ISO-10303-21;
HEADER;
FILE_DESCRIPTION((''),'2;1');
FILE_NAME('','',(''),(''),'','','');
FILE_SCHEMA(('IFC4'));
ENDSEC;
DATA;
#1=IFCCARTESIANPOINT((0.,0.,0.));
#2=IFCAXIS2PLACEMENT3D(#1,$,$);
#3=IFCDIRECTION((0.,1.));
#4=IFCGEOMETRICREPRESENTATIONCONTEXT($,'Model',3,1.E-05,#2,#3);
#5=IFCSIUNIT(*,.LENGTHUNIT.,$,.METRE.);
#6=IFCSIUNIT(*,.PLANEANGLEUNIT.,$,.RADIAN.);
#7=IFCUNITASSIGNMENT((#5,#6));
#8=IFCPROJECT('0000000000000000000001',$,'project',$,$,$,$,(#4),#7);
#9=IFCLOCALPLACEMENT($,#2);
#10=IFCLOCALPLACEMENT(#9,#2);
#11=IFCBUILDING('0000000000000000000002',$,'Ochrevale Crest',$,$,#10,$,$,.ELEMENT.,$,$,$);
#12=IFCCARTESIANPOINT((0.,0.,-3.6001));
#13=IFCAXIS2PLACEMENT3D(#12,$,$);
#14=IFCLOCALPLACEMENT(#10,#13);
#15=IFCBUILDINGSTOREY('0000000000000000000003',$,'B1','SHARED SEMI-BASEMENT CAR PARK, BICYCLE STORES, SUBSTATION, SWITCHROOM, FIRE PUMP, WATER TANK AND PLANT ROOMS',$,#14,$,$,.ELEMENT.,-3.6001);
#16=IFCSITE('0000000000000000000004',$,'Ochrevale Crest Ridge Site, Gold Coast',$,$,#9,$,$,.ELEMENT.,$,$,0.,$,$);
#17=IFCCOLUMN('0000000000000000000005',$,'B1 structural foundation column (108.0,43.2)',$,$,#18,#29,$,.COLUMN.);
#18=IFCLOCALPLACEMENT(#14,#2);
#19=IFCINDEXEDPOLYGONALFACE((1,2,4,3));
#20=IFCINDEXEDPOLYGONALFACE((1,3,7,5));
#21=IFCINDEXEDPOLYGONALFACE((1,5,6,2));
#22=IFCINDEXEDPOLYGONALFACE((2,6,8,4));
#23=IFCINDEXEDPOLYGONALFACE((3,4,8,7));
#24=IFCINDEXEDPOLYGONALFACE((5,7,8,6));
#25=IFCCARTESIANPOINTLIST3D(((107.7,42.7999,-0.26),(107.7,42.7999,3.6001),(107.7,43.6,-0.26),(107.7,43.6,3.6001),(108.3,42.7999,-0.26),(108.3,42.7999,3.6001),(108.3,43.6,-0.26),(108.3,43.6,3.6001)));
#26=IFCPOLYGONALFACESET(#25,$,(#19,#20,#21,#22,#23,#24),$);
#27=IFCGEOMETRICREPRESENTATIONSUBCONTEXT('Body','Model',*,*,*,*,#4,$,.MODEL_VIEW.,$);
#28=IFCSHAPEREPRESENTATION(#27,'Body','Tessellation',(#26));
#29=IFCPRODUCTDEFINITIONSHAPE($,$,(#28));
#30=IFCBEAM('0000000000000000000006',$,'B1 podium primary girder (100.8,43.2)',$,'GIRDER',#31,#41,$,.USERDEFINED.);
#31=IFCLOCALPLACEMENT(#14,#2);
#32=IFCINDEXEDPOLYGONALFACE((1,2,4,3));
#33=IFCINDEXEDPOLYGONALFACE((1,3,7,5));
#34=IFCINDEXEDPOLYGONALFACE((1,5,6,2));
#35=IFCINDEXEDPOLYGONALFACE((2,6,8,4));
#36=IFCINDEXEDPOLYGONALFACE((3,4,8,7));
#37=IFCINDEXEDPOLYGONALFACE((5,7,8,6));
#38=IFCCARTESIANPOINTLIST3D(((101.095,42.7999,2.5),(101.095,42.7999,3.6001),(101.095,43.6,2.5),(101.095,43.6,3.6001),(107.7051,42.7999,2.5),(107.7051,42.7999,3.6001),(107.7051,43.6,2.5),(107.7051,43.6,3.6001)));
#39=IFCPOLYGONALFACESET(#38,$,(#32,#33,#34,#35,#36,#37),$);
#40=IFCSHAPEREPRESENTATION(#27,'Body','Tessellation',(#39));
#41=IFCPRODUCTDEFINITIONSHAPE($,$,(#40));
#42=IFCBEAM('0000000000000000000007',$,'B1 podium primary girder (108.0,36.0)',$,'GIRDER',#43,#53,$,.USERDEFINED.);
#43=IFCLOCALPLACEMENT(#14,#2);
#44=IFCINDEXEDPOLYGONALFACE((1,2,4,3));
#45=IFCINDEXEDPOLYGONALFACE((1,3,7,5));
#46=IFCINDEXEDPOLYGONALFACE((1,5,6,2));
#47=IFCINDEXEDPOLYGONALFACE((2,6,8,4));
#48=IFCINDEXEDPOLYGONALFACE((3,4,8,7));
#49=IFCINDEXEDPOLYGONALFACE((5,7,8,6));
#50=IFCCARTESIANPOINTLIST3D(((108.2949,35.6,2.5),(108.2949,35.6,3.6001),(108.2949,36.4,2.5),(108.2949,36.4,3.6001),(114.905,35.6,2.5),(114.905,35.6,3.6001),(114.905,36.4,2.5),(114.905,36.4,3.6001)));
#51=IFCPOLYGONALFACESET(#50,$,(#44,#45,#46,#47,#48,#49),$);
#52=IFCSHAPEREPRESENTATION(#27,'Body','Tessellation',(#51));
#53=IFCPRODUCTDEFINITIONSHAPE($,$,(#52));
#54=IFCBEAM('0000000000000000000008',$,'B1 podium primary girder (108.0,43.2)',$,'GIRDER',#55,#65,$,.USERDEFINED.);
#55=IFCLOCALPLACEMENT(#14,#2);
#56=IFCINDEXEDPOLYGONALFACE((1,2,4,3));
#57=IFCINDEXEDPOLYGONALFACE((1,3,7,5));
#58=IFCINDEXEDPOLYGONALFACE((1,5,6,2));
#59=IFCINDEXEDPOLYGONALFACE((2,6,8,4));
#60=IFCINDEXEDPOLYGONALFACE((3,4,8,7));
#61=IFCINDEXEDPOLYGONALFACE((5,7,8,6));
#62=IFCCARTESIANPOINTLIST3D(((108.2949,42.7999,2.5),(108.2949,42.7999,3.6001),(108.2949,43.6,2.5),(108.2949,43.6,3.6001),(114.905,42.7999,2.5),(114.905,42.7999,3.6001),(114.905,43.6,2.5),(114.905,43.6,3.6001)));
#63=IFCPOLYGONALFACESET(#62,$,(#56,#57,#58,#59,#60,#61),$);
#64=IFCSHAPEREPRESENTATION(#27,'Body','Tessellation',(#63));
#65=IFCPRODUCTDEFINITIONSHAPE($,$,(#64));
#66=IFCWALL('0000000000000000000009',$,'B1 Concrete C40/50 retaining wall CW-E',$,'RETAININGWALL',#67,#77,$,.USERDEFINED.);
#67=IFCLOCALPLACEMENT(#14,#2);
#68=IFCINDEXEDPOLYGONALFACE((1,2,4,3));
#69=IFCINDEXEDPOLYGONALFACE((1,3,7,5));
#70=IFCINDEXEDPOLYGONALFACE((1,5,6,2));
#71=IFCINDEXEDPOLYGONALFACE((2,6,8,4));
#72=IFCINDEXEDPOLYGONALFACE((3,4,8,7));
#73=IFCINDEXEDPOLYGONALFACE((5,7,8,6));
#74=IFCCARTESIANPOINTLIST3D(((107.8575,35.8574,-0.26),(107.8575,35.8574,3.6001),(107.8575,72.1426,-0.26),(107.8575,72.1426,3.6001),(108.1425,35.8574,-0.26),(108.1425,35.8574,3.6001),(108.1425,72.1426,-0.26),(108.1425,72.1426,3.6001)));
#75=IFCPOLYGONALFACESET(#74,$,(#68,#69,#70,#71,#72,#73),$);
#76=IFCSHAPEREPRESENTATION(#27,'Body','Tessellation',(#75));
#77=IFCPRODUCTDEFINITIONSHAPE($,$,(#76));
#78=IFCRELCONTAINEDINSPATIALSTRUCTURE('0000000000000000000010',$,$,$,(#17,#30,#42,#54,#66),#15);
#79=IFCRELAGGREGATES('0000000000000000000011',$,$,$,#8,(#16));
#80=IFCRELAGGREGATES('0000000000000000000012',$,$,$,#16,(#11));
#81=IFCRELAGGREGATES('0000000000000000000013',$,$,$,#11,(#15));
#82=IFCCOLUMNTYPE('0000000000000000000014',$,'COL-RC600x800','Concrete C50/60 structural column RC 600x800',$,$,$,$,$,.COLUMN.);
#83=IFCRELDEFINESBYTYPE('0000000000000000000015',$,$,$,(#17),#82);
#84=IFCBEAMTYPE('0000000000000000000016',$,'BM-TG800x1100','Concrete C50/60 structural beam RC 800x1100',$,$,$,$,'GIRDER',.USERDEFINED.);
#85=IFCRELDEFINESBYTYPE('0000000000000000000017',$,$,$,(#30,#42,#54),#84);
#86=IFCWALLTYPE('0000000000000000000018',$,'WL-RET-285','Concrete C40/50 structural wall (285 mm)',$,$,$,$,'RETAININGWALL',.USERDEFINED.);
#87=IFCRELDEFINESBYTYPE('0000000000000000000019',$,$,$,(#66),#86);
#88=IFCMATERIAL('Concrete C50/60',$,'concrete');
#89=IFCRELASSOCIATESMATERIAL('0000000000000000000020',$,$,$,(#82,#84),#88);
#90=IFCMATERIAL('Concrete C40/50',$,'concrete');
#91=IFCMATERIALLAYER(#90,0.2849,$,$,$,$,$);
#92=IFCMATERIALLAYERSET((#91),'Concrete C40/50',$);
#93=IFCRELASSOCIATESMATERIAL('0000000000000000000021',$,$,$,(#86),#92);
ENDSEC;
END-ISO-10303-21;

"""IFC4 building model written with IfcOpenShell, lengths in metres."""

from ifc_helpers import new_model, si_unit, direction, frame, frame_2d, origin, origin_2d, place, context, subcontext, project, spatial, rectangle, extrude, material, layer, layer_set, material_profile, profile_set, type_object, element, save


model = new_model("IFC4")

# Units and contexts
model_context = context("Model", 3, precision=1e-05, world=origin(), true_north=direction((0.0, 1.0)))
body_context = subcontext(model_context, "Body", "Model", "MODEL_VIEW")
ifc_project = project(units=[si_unit("LENGTHUNIT", "METRE"), si_unit("PLANEANGLEUNIT", "RADIAN")], contexts=[model_context])

# Site, building, storey
site_placement = place(None, origin())
site = spatial("IfcSite", under=ifc_project, at=site_placement, Name="Ochrevale Crest Ridge Site, Gold Coast", CompositionType="ELEMENT", RefElevation=0.0)
building_placement = place(site_placement, origin())
building = spatial("IfcBuilding", under=site, at=building_placement, Name="Ochrevale Crest", CompositionType="ELEMENT")
storey_placement = place(building_placement, frame((0.0, 0.0, -3.6001)))
storey = spatial("IfcBuildingStorey", under=building, at=storey_placement, Name="B1", Description="SHARED SEMI-BASEMENT CAR PARK, BICYCLE STORES, SUBSTATION, SWITCHROOM, FIRE PUMP, WATER TANK AND PLANT ROOMS", CompositionType="ELEMENT", Elevation=-3.6001)

# Shared definitions
ifc_material_1 = material(Name="Concrete C40/50", Category="concrete")

# Column
ifc_material_2 = material(Name="Concrete C50/60", Category="concrete")
ifc_material_profile_1 = material_profile(ifc_material_2, rectangle(XDim=0.6001, YDim=0.8, at=origin_2d()), Name="RC 600x800")
ifc_profile_set_1 = profile_set([ifc_material_profile_1], Name="Concrete C50/60")
column_type_1 = type_object("IfcColumnType", Name="COL-RC600x800", Description="Concrete C50/60 structural column RC 600x800", PredefinedType="COLUMN", material=ifc_profile_set_1)
for number, where, z_axis, x_axis, name in (
    (1, (108.0, 43.2, -0.26), (0.0, 0.0, 1.0), (1.0, 0.0, 0.0), "B1 structural foundation column (108.0,43.2)"),
):
    element("IfcColumn", number, at=place(storey_placement, frame(where, z_axis=z_axis, x_axis=x_axis)), inside=storey, type_object=column_type_1, Name=name, PredefinedType="COLUMN", context=body_context, shape_type="SweptSolid", body=[
        extrude(rectangle(XDim=0.6001, YDim=0.8, at=origin_2d()), origin(), (0.0, 0.0, 1.0), 3.8601),
    ])

# Beams
ifc_material_profile_2 = material_profile(ifc_material_2, rectangle(XDim=0.8, YDim=1.1001, at=origin_2d()), Name="RC 800x1100")
ifc_profile_set_2 = profile_set([ifc_material_profile_2], Name="Concrete C50/60")
beam_type = type_object("IfcBeamType", Name="BM-TG800x1100", Description="Concrete C50/60 structural beam RC 800x1100", ElementType="GIRDER", PredefinedType="USERDEFINED", material=ifc_profile_set_2)
for number, where, z_axis, x_axis, name in (
    (2, (101.095, 43.2, 3.05), (1.0, 0.0, 0.0), (0.0, 1.0, 0.0), "B1 podium primary girder (100.8,43.2)"),
    (3, (108.2949, 36.0, 3.05), (1.0, 0.0, 0.0), (0.0, 1.0, 0.0), "B1 podium primary girder (108.0,36.0)"),
    (4, (108.2949, 43.2, 3.05), (1.0, 0.0, 0.0), (0.0, 1.0, 0.0), "B1 podium primary girder (108.0,43.2)"),
):
    element("IfcBeam", number, at=place(storey_placement, frame(where, z_axis=z_axis, x_axis=x_axis)), inside=storey, type_object=beam_type, Name=name, ObjectType="GIRDER", PredefinedType="USERDEFINED", context=body_context, shape_type="SweptSolid", body=[
        extrude(rectangle(XDim=0.8, YDim=1.1001, at=origin_2d()), origin(), (0.0, 0.0, 1.0), 6.6101),
    ])

# Wall
ifc_layer = layer(ifc_material_1, 0.2849)
ifc_layer_set = layer_set([ifc_layer], Name="Concrete C40/50")
wall_type = type_object("IfcWallType", Name="WL-RET-285", Description="Concrete C40/50 structural wall (285 mm)", ElementType="RETAININGWALL", PredefinedType="USERDEFINED", material=ifc_layer_set)
wall_placement = place(storey_placement, frame((108.0, 35.8574, -0.26), z_axis=(0.0, 0.0, 1.0), x_axis=(0.0, 1.0, 0.0)))
element("IfcWall", 5, at=wall_placement, inside=storey, type_object=wall_type, Name="B1 Concrete C40/50 retaining wall CW-E", ObjectType="RETAININGWALL", PredefinedType="USERDEFINED", context=body_context, shape_type="SweptSolid", body=[
    extrude(rectangle(XDim=36.2852, YDim=0.2849, at=frame_2d((18.1426, 0.0))), origin(), (0.0, 0.0, 1.0), 3.8601),
])

save(model, "model.ifc")
